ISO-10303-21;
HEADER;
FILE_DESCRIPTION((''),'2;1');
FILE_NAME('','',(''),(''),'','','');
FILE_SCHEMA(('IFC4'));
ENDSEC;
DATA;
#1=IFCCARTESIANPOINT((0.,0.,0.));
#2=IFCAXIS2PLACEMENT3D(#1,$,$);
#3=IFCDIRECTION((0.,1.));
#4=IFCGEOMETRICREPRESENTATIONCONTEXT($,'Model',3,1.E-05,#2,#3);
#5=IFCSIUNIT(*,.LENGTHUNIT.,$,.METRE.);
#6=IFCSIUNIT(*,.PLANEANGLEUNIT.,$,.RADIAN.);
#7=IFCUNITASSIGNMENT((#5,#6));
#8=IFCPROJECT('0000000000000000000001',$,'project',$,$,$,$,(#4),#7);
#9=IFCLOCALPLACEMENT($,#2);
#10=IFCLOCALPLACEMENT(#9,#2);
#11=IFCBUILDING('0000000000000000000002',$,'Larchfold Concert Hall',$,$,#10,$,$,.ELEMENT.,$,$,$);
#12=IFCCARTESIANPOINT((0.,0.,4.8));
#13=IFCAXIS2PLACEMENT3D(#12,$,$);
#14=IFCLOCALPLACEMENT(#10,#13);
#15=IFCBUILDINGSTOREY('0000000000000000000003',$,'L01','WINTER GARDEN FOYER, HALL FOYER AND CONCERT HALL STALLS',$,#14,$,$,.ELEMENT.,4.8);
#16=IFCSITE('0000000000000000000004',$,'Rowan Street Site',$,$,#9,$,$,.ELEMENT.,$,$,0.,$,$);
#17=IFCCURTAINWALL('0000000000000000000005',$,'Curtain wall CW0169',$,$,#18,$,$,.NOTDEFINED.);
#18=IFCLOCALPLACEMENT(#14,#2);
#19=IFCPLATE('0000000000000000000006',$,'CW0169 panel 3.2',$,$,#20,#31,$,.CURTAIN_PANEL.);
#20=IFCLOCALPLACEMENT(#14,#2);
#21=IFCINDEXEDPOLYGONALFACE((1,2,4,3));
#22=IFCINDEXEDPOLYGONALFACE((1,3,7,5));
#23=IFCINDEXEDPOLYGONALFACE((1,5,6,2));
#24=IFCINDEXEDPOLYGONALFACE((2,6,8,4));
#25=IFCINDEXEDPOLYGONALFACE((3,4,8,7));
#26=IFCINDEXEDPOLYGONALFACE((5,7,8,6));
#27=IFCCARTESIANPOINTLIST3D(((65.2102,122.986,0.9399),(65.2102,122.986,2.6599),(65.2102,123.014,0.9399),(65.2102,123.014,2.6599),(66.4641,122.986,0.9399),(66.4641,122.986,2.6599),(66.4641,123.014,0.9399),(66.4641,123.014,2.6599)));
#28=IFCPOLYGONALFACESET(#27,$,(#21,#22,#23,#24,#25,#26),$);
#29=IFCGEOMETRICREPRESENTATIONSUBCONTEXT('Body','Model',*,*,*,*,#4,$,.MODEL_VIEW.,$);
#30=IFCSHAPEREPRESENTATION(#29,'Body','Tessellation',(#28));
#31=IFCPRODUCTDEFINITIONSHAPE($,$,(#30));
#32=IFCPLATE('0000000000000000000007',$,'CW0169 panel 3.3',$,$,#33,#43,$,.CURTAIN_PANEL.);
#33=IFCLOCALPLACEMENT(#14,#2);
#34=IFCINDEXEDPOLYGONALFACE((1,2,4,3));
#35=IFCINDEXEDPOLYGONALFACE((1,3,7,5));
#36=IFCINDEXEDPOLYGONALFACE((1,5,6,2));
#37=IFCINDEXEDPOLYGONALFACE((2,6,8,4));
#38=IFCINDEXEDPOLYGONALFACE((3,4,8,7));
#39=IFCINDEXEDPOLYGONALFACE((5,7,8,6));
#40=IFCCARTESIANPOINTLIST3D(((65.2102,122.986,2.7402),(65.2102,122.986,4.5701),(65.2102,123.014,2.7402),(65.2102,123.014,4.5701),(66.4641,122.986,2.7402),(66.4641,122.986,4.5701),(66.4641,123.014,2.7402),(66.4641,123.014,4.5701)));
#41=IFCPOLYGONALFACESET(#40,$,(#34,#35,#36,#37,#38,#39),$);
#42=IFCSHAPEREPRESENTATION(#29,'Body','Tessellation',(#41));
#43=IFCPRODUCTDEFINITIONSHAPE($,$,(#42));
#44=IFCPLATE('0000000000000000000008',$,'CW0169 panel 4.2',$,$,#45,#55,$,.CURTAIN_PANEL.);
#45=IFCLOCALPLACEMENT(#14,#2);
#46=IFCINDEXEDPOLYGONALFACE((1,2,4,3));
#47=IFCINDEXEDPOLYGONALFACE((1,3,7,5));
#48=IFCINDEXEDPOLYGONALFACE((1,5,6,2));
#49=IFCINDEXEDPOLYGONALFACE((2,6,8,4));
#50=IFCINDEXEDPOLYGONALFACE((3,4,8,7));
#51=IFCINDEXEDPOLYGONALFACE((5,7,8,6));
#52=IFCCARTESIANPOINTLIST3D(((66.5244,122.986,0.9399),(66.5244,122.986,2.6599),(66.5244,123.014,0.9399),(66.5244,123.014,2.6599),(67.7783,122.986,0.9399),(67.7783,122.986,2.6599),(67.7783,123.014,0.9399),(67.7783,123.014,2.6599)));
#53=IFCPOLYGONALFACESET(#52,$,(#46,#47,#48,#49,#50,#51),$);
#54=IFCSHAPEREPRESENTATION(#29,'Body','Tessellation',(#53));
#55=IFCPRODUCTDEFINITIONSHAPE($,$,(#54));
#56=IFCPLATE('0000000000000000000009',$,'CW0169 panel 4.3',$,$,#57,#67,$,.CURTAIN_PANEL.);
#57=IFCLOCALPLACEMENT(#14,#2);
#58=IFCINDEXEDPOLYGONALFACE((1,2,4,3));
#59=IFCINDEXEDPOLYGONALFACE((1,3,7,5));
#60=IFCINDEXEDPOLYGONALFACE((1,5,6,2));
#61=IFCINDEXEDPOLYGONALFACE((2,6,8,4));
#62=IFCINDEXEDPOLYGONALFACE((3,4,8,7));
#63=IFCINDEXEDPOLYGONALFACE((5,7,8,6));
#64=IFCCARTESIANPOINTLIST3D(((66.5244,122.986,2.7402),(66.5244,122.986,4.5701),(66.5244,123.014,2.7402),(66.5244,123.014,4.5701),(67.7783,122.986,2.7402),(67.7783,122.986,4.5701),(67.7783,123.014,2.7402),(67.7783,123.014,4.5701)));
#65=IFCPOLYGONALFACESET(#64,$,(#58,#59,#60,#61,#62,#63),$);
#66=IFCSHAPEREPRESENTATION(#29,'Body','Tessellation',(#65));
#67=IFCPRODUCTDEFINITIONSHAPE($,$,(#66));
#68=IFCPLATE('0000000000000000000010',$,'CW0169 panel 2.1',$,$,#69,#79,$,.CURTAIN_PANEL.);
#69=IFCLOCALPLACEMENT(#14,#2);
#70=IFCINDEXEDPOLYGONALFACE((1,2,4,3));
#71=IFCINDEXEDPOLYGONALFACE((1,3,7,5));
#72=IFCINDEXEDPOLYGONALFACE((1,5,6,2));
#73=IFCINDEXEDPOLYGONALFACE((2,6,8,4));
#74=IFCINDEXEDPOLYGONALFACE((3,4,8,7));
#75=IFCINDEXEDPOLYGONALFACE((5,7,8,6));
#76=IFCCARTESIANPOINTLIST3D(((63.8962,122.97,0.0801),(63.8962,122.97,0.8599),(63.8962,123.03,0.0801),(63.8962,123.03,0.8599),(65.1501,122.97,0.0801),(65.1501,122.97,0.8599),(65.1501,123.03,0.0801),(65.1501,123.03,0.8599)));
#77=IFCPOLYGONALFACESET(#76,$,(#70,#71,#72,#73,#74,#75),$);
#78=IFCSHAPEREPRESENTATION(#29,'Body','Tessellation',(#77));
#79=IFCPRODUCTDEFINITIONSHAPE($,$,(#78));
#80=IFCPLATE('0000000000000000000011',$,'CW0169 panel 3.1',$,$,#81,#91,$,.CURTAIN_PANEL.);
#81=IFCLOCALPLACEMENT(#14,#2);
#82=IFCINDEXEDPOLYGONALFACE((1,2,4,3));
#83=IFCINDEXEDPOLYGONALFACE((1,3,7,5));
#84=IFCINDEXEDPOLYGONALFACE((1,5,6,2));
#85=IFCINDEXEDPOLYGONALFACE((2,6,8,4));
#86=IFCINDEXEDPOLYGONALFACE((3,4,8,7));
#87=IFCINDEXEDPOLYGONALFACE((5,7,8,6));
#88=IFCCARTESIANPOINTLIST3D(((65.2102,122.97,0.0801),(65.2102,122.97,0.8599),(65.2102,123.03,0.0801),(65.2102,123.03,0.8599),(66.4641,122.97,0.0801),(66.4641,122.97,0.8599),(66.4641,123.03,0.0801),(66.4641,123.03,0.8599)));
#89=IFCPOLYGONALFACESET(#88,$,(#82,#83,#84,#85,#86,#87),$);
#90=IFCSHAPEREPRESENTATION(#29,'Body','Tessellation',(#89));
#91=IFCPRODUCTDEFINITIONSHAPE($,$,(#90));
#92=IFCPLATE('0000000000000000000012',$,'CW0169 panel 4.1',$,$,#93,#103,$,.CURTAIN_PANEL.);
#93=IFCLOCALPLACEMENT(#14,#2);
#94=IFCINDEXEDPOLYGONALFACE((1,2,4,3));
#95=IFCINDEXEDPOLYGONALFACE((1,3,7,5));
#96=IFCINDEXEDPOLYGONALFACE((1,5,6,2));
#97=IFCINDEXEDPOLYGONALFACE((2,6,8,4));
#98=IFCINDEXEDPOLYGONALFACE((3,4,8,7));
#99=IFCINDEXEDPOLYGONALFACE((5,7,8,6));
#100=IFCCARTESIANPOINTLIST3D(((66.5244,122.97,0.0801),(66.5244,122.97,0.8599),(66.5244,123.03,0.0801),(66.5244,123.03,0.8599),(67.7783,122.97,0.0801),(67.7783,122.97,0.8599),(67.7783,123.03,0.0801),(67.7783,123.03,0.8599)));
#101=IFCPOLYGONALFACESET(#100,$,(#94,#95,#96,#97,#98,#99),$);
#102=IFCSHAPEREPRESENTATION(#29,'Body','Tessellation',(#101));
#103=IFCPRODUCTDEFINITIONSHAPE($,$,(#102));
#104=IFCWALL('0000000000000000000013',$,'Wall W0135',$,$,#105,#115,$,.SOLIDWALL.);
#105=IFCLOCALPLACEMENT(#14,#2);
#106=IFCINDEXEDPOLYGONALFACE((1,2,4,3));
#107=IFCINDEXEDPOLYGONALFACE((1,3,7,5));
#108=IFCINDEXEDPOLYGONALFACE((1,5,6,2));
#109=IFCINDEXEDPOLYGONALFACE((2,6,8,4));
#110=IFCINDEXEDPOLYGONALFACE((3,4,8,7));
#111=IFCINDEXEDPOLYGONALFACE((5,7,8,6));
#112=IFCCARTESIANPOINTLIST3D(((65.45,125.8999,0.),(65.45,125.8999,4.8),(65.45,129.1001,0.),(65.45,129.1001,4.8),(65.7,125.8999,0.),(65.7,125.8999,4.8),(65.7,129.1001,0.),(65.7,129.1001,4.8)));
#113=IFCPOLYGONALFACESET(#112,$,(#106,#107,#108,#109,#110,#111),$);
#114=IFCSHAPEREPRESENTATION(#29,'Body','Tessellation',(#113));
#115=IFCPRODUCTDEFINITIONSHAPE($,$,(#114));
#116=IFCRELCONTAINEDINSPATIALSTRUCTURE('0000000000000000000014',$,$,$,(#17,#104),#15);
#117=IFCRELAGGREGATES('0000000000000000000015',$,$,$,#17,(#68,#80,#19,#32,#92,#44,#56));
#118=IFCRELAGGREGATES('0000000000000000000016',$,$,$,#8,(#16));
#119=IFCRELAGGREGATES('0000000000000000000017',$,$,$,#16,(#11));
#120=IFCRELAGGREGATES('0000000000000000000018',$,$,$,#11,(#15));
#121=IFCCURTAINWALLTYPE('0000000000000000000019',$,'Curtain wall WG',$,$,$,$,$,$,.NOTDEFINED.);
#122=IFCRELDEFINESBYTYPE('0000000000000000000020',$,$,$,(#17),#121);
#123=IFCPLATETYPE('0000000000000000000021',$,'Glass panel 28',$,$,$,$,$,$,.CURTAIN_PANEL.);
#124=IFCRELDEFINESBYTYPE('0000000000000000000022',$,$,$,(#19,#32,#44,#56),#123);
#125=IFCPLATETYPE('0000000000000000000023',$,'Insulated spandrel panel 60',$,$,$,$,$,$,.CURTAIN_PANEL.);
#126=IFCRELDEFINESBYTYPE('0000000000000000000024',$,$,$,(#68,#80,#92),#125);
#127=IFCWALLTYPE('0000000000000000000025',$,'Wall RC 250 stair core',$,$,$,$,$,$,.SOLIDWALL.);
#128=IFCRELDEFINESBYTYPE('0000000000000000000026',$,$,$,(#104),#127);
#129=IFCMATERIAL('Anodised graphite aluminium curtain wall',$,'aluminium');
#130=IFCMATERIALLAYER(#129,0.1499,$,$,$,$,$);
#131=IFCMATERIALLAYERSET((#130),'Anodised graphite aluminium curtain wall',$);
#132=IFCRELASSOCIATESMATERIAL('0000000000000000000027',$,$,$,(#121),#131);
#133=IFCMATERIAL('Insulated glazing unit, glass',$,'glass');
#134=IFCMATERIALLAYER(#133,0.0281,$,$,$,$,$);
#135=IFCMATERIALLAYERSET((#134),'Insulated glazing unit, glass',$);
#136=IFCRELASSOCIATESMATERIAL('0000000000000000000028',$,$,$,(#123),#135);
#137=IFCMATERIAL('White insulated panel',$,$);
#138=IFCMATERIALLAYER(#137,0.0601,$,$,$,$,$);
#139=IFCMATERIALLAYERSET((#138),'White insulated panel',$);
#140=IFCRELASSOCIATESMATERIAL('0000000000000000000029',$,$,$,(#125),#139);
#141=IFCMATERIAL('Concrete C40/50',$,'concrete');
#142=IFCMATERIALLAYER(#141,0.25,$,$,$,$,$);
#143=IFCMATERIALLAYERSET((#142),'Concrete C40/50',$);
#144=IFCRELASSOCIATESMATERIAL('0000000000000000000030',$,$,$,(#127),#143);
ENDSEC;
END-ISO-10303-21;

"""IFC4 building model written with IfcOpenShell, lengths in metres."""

from ifc_helpers import new_model, si_unit, direction, frame, frame_2d, origin, origin_2d, place, context, subcontext, project, spatial, rectangle, extrude, material, layer, layer_set, type_object, element, aggregate, save


model = new_model("IFC4")

# Units and contexts
model_context = context("Model", 3, precision=1e-05, world=origin(), true_north=direction((0.0, 1.0)))
body_context = subcontext(model_context, "Body", "Model", "MODEL_VIEW")
ifc_project = project(units=[si_unit("LENGTHUNIT", "METRE"), si_unit("PLANEANGLEUNIT", "RADIAN")], contexts=[model_context])

# Site, building, storey
site_placement = place(None, origin())
site = spatial("IfcSite", under=ifc_project, at=site_placement, Name="Rowan Street Site", CompositionType="ELEMENT", RefElevation=0.0)
building_placement = place(site_placement, origin())
building = spatial("IfcBuilding", under=site, at=building_placement, Name="Larchfold Concert Hall", CompositionType="ELEMENT")
storey_placement = place(building_placement, frame((0.0, 0.0, 4.8)))
storey = spatial("IfcBuildingStorey", under=building, at=storey_placement, Name="L01", Description="WINTER GARDEN FOYER, HALL FOYER AND CONCERT HALL STALLS", CompositionType="ELEMENT", Elevation=4.8)

# Curtain wall
ifc_material_1 = material(Name="Anodised graphite aluminium curtain wall", Category="aluminium")
ifc_layer_1 = layer(ifc_material_1, 0.1499)
ifc_layer_set_1 = layer_set([ifc_layer_1], Name="Anodised graphite aluminium curtain wall")
curtain_wall_type = type_object("IfcCurtainWallType", Name="Curtain wall WG", PredefinedType="NOTDEFINED", material=ifc_layer_set_1)
curtain_wall_placement = place(storey_placement, origin())
curtain_wall = element("IfcCurtainWall", 1, at=curtain_wall_placement, inside=storey, type_object=curtain_wall_type, Name="Curtain wall CW0169", PredefinedType="NOTDEFINED")

# Plates
ifc_material_2 = material(Name="Insulated glazing unit, glass", Category="glass")
ifc_layer_2 = layer(ifc_material_2, 0.0281)
ifc_layer_set_2 = layer_set([ifc_layer_2], Name="Insulated glazing unit, glass")
plate_type_1 = type_object("IfcPlateType", Name="Glass panel 28", PredefinedType="CURTAIN_PANEL", material=ifc_layer_set_2)
plate_1_placement = place(storey_placement, frame((65.8372, 123.0, 0.9399), z_axis=(0.0, 0.0, 1.0), x_axis=(1.0, 0.0, 0.0)))
plate_1 = element("IfcPlate", 2, at=plate_1_placement, type_object=plate_type_1, Name="CW0169 panel 3.2", PredefinedType="CURTAIN_PANEL", context=body_context, shape_type="SweptSolid", body=[
    extrude(rectangle(XDim=1.2539, YDim=0.0281, at=origin_2d()), origin(), (0.0, 0.0, 1.0), 1.72),
])
plate_2_placement = place(storey_placement, frame((65.8372, 123.0, 2.7402), z_axis=(0.0, 0.0, 1.0), x_axis=(1.0, 0.0, 0.0)))
plate_2 = element("IfcPlate", 3, at=plate_2_placement, type_object=plate_type_1, Name="CW0169 panel 3.3", PredefinedType="CURTAIN_PANEL", context=body_context, shape_type="SweptSolid", body=[
    extrude(rectangle(XDim=1.2539, YDim=0.0281, at=origin_2d()), origin(), (0.0, 0.0, 1.0), 1.8298),
])
plate_3_placement = place(storey_placement, frame((67.1514, 123.0, 0.9399), z_axis=(0.0, 0.0, 1.0), x_axis=(1.0, 0.0, 0.0)))
plate_3 = element("IfcPlate", 4, at=plate_3_placement, type_object=plate_type_1, Name="CW0169 panel 4.2", PredefinedType="CURTAIN_PANEL", context=body_context, shape_type="SweptSolid", body=[
    extrude(rectangle(XDim=1.2539, YDim=0.0281, at=origin_2d()), origin(), (0.0, 0.0, 1.0), 1.72),
])
plate_4_placement = place(storey_placement, frame((67.1514, 123.0, 2.7402), z_axis=(0.0, 0.0, 1.0), x_axis=(1.0, 0.0, 0.0)))
plate_4 = element("IfcPlate", 5, at=plate_4_placement, type_object=plate_type_1, Name="CW0169 panel 4.3", PredefinedType="CURTAIN_PANEL", context=body_context, shape_type="SweptSolid", body=[
    extrude(rectangle(XDim=1.2539, YDim=0.0281, at=origin_2d()), origin(), (0.0, 0.0, 1.0), 1.8298),
])
ifc_material_3 = material(Name="White insulated panel")
ifc_layer_3 = layer(ifc_material_3, 0.0601)
ifc_layer_set_3 = layer_set([ifc_layer_3], Name="White insulated panel")
plate_type_2 = type_object("IfcPlateType", Name="Insulated spandrel panel 60", PredefinedType="CURTAIN_PANEL", material=ifc_layer_set_3)
plate_5_placement = place(storey_placement, frame((64.5232, 123.0, 0.0801), z_axis=(0.0, 0.0, 1.0), x_axis=(1.0, 0.0, 0.0)))
plate_5 = element("IfcPlate", 6, at=plate_5_placement, type_object=plate_type_2, Name="CW0169 panel 2.1", PredefinedType="CURTAIN_PANEL", context=body_context, shape_type="SweptSolid", body=[
    extrude(rectangle(XDim=1.2539, YDim=0.0601, at=origin_2d()), origin(), (0.0, 0.0, 1.0), 0.7798),
])
plate_6_placement = place(storey_placement, frame((65.8372, 123.0, 0.0801), z_axis=(0.0, 0.0, 1.0), x_axis=(1.0, 0.0, 0.0)))
plate_6 = element("IfcPlate", 7, at=plate_6_placement, type_object=plate_type_2, Name="CW0169 panel 3.1", PredefinedType="CURTAIN_PANEL", context=body_context, shape_type="SweptSolid", body=[
    extrude(rectangle(XDim=1.2539, YDim=0.0601, at=origin_2d()), origin(), (0.0, 0.0, 1.0), 0.7798),
])
plate_7_placement = place(storey_placement, frame((67.1514, 123.0, 0.0801), z_axis=(0.0, 0.0, 1.0), x_axis=(1.0, 0.0, 0.0)))
plate_7 = element("IfcPlate", 8, at=plate_7_placement, type_object=plate_type_2, Name="CW0169 panel 4.1", PredefinedType="CURTAIN_PANEL", context=body_context, shape_type="SweptSolid", body=[
    extrude(rectangle(XDim=1.2539, YDim=0.0601, at=origin_2d()), origin(), (0.0, 0.0, 1.0), 0.7798),
])
aggregate(curtain_wall, [plate_5, plate_6, plate_1, plate_2, plate_7, plate_3, plate_4])

# Wall
ifc_material_4 = material(Name="Concrete C40/50", Category="concrete")
ifc_layer_4 = layer(ifc_material_4, 0.25)
ifc_layer_set_4 = layer_set([ifc_layer_4], Name="Concrete C40/50")
wall_type = type_object("IfcWallType", Name="Wall RC 250 stair core", PredefinedType="SOLIDWALL", material=ifc_layer_set_4)
wall_placement = place(storey_placement, frame((65.575, 125.8999, 0.0), z_axis=(0.0, 0.0, 1.0), x_axis=(0.0, 1.0, 0.0)))
element("IfcWall", 9, at=wall_placement, inside=storey, type_object=wall_type, Name="Wall W0135", PredefinedType="SOLIDWALL", context=body_context, shape_type="SweptSolid", body=[
    extrude(rectangle(XDim=3.2002, YDim=0.25, at=frame_2d((1.6001, 0.0))), origin(), (0.0, 0.0, 1.0), 4.8),
])

save(model, "model.ifc")
